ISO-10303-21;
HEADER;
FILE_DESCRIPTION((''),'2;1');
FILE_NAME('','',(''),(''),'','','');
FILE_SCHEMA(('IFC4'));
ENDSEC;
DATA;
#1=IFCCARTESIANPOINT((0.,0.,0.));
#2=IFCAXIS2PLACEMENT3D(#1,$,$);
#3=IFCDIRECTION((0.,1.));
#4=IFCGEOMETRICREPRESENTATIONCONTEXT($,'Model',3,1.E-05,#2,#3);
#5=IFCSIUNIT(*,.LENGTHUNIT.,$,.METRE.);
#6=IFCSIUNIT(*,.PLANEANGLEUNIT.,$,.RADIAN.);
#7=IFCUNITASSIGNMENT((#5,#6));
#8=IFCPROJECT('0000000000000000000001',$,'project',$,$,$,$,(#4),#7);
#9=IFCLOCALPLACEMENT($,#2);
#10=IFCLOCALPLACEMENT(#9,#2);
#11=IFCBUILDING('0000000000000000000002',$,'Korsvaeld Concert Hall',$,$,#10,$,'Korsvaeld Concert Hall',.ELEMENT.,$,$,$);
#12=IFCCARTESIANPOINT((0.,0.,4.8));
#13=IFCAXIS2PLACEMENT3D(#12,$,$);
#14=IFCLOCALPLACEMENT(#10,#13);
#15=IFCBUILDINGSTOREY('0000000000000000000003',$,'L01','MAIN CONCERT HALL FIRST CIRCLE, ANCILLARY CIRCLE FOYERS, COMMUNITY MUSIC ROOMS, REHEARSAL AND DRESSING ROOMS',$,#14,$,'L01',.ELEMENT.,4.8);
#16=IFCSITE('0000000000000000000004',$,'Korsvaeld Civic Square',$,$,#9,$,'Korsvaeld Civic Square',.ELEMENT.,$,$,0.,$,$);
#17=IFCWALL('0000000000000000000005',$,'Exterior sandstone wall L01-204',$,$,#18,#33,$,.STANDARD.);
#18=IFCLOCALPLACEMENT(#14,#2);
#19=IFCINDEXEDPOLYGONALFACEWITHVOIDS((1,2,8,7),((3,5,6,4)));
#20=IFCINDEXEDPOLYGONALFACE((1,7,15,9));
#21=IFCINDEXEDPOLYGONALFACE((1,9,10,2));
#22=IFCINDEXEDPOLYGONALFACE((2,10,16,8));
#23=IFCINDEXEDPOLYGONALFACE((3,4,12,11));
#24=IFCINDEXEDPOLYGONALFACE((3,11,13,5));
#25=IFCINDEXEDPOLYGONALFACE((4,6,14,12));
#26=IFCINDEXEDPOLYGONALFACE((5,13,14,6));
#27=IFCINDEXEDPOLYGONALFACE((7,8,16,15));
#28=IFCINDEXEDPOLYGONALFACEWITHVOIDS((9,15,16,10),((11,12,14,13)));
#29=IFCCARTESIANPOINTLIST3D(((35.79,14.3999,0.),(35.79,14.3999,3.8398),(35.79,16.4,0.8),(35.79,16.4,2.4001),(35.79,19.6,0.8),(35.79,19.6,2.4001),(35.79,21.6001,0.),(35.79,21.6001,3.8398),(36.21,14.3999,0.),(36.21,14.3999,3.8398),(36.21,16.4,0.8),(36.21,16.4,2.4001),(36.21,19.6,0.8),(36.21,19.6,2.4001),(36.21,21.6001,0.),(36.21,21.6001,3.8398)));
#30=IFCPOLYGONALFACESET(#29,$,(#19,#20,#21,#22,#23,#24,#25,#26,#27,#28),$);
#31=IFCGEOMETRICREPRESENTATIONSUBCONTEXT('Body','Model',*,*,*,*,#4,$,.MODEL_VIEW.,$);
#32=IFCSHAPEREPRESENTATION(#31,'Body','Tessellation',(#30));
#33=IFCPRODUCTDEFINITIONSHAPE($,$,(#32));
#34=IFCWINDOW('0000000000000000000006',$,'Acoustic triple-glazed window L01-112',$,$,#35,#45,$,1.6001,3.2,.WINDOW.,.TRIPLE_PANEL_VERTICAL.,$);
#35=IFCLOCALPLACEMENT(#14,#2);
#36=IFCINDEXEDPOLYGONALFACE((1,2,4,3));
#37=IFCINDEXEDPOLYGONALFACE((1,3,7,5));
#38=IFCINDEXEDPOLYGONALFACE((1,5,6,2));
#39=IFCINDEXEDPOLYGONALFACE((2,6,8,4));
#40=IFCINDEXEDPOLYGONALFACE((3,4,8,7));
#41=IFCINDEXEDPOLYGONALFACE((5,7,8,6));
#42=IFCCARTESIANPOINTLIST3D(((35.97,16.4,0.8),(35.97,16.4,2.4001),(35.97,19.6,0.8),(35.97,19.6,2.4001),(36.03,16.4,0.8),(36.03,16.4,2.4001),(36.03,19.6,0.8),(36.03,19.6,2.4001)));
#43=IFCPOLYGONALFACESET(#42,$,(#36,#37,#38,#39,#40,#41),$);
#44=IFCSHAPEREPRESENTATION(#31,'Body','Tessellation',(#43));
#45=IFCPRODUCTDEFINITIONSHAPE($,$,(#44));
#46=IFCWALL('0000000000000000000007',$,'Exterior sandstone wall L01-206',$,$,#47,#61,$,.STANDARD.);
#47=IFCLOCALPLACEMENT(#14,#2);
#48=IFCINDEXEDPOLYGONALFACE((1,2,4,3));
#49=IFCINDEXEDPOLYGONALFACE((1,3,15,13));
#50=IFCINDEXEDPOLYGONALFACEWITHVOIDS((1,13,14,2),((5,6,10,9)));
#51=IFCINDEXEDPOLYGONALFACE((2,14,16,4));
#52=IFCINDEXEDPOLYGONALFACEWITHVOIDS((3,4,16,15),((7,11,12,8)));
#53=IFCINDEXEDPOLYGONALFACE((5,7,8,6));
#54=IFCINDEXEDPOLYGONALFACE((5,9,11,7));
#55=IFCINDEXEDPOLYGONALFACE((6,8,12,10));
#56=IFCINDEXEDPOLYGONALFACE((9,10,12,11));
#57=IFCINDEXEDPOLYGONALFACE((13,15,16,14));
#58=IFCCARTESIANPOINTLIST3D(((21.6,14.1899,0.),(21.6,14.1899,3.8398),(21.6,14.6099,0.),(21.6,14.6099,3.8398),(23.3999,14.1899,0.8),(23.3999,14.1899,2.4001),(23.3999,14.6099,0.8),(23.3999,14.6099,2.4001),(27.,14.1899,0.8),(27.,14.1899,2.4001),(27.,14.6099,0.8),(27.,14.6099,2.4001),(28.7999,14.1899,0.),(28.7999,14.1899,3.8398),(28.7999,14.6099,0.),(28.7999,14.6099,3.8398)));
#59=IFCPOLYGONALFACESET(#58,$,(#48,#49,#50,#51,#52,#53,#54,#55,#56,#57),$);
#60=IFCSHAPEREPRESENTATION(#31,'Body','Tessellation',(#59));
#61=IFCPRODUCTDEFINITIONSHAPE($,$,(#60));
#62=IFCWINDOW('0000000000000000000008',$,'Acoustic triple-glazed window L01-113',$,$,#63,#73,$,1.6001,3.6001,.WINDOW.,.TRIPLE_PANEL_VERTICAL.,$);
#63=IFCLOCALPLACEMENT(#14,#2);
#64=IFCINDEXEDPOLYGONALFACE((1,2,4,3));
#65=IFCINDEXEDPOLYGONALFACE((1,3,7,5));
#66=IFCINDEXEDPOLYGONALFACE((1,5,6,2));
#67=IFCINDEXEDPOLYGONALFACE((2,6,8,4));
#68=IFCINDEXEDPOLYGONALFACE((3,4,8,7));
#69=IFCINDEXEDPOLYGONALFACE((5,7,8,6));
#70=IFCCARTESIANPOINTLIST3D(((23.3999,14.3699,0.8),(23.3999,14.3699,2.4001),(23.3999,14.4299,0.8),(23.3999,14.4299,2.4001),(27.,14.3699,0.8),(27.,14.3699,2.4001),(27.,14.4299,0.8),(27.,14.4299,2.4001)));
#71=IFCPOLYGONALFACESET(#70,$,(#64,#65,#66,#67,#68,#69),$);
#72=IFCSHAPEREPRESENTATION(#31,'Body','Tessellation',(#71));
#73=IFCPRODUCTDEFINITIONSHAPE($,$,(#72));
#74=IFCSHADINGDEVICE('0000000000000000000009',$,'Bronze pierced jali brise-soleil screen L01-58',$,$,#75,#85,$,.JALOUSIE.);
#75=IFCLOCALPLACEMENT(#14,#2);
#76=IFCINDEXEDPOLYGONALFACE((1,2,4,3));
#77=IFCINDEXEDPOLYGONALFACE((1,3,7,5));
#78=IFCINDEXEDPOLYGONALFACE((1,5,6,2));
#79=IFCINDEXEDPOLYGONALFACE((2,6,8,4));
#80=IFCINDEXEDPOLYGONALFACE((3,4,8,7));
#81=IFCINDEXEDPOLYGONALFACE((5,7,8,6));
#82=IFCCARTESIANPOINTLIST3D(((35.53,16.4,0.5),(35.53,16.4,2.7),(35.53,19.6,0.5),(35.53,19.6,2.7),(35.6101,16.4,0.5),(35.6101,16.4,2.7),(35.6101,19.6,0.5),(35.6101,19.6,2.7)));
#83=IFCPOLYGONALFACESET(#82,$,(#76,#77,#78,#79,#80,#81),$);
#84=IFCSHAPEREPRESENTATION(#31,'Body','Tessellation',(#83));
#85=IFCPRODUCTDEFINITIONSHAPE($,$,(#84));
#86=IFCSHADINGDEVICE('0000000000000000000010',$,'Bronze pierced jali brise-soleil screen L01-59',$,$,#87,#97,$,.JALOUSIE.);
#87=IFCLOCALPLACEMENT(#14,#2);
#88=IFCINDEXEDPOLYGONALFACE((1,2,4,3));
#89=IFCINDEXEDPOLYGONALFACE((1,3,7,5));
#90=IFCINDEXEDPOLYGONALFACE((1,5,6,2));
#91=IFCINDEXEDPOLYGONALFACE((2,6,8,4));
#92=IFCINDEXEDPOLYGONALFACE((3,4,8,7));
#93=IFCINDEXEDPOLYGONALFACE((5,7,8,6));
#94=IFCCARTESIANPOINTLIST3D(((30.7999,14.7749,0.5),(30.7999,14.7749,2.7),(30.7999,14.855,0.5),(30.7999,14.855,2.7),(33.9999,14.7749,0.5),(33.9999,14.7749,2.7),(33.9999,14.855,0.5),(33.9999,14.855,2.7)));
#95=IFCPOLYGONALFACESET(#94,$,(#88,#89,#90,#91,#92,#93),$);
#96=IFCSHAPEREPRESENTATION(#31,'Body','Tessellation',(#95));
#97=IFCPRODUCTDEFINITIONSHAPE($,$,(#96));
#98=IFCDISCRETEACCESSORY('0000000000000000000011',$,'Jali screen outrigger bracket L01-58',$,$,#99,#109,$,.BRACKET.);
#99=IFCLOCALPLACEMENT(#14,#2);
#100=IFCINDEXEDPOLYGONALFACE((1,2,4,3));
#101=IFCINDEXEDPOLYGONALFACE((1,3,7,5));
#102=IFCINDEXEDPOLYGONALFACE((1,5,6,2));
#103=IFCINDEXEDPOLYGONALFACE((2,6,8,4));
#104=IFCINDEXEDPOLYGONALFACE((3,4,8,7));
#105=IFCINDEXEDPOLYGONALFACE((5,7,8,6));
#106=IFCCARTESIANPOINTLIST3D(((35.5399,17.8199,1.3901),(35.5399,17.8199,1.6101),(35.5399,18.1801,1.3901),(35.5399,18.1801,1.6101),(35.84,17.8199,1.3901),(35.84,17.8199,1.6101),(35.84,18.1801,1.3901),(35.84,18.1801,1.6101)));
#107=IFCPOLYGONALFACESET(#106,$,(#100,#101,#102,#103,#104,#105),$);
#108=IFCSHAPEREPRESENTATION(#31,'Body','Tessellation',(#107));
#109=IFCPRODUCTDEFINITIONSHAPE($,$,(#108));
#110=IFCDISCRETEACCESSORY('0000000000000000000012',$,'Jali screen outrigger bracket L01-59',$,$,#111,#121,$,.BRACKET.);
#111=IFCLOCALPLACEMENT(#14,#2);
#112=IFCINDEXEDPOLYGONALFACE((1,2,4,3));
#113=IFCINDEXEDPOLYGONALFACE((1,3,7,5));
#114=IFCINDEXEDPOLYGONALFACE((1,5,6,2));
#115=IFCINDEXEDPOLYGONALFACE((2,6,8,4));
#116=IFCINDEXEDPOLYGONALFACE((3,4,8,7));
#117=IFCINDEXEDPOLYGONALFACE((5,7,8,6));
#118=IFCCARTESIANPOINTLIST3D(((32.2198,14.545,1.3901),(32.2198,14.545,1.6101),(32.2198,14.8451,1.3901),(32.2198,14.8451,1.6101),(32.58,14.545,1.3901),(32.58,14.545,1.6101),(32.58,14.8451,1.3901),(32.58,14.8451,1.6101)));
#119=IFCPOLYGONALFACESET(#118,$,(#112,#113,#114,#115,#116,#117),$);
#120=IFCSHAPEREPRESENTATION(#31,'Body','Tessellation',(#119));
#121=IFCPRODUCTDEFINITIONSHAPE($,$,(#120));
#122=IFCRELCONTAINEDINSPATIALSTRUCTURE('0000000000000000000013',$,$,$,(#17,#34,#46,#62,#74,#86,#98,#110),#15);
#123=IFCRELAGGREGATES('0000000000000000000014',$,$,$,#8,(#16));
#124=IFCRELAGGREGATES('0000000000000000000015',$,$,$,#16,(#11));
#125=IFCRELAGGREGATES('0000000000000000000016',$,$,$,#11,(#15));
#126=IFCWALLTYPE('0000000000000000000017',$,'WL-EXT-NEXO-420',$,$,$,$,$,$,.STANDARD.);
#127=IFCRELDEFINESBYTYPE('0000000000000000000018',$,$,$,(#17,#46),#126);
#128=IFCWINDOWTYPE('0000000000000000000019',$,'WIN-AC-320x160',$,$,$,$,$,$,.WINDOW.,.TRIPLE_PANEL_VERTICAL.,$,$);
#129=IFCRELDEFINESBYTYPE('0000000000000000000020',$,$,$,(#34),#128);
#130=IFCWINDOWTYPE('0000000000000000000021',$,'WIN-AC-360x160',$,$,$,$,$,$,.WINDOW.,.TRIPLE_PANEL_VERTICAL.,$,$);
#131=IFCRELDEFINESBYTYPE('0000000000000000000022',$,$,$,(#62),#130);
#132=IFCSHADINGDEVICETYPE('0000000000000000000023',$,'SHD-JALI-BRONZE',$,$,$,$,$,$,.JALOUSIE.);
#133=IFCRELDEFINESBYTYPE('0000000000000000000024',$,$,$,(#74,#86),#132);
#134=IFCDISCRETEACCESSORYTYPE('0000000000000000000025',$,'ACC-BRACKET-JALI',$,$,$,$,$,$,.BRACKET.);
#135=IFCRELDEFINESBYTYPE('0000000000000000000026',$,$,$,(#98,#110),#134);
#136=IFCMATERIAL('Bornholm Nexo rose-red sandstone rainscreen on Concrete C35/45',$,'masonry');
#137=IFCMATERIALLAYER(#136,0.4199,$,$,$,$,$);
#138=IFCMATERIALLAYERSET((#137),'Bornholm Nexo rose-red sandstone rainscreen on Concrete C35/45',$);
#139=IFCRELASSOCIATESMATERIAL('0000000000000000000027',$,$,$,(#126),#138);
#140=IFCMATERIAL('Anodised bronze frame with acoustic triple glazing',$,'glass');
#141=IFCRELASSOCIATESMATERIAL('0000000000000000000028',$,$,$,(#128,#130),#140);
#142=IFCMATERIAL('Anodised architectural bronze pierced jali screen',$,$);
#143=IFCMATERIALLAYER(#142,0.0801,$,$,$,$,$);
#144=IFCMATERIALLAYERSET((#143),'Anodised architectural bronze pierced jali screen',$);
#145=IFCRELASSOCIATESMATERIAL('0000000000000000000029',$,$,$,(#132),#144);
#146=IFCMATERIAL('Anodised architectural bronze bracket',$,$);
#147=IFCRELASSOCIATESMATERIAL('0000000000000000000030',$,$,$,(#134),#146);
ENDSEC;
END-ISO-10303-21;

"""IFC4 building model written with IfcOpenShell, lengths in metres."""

from ifc_helpers import new_model, si_unit, direction, frame, frame_2d, origin, origin_2d, place, context, subcontext, project, spatial, rectangle, extrude, material, layer, layer_set, type_object, element, fill, save


model = new_model("IFC4")

# Units and contexts
model_context = context("Model", 3, precision=1e-05, world=origin(), true_north=direction((0.0, 1.0)))
body_context = subcontext(model_context, "Body", "Model", "MODEL_VIEW")
ifc_project = project(units=[si_unit("LENGTHUNIT", "METRE"), si_unit("PLANEANGLEUNIT", "RADIAN")], contexts=[model_context])

# Site, building, storey
site_placement = place(None, origin())
site = spatial("IfcSite", under=ifc_project, at=site_placement, Name="Korsvaeld Civic Square", LongName="Korsvaeld Civic Square", CompositionType="ELEMENT", RefElevation=0.0)
building_placement = place(site_placement, origin())
building = spatial("IfcBuilding", under=site, at=building_placement, Name="Korsvaeld Concert Hall", LongName="Korsvaeld Concert Hall", CompositionType="ELEMENT")
storey_placement = place(building_placement, frame((0.0, 0.0, 4.8)))
storey = spatial("IfcBuildingStorey", under=building, at=storey_placement, Name="L01", Description="MAIN CONCERT HALL FIRST CIRCLE, ANCILLARY CIRCLE FOYERS, COMMUNITY MUSIC ROOMS, REHEARSAL AND DRESSING ROOMS", LongName="L01", CompositionType="ELEMENT", Elevation=4.8)

# Walls, openings, windows
ifc_material_1 = material(Name="Bornholm Nexo rose-red sandstone rainscreen on Concrete C35/45", Category="masonry")
ifc_layer_1 = layer(ifc_material_1, 0.4199)
ifc_layer_set_1 = layer_set([ifc_layer_1], Name="Bornholm Nexo rose-red sandstone rainscreen on Concrete C35/45")
wall_type_1 = type_object("IfcWallType", Name="WL-EXT-NEXO-420", PredefinedType="STANDARD", material=ifc_layer_set_1)
wall_1_placement = place(storey_placement, frame((36.0, 21.6001, 0.0), z_axis=(0.0, 0.0, 1.0), x_axis=(0.0, -1.0, 0.0)))
wall_1 = element("IfcWall", 1, at=wall_1_placement, inside=storey, type_object=wall_type_1, Name="Exterior sandstone wall L01-204", PredefinedType="STANDARD", context=body_context, shape_type="SweptSolid", body=[
    extrude(rectangle(XDim=7.2002, YDim=0.4199, at=frame_2d((3.6001, 0.0))), origin(), (0.0, 0.0, 1.0), 3.8398),
])
opening_1_placement = place(wall_1_placement, frame((2.0, 0.0, 0.8)))
opening_1 = element("IfcOpeningElement", 2, at=opening_1_placement, cuts=wall_1, PredefinedType="OPENING", context=body_context, shape_type="SweptSolid", body=[
    extrude(rectangle(XDim=3.2, YDim=1.6001, at=frame_2d((1.6001, 0.8))), frame((0.0, 0.22, 0.0), z_axis=(0.0, -1.0, 0.0), x_axis=(1.0, 0.0, 0.0)), (0.0, 0.0, 1.0), 0.4399),
])
ifc_material_2 = material(Name="Anodised bronze frame with acoustic triple glazing", Category="glass")
window_type_1 = type_object("IfcWindowType", Name="WIN-AC-320x160", PartitioningType="TRIPLE_PANEL_VERTICAL", PredefinedType="WINDOW", material=ifc_material_2)
window_1_placement = place(opening_1_placement, origin())
window_1 = element("IfcWindow", 3, at=window_1_placement, inside=storey, type_object=window_type_1, Name="Acoustic triple-glazed window L01-112", OverallHeight=1.6001, OverallWidth=3.2, PartitioningType="TRIPLE_PANEL_VERTICAL", PredefinedType="WINDOW", context=body_context, shape_type="SweptSolid", body=[
    extrude(rectangle(XDim=3.2, YDim=1.6001, at=frame_2d((1.6001, 0.8))), frame((0.0, 0.03, 0.0), z_axis=(0.0, -1.0, 0.0), x_axis=(1.0, 0.0, 0.0)), (0.0, 0.0, 1.0), 0.0601),
])
fill(opening_1, window_1)
wall_2_placement = place(storey_placement, frame((28.8, 14.3999, 0.0), z_axis=(0.0, 0.0, 1.0), x_axis=(-1.0, 0.0, 0.0)))
wall_2 = element("IfcWall", 4, at=wall_2_placement, inside=storey, type_object=wall_type_1, Name="Exterior sandstone wall L01-206", PredefinedType="STANDARD", context=body_context, shape_type="SweptSolid", body=[
    extrude(rectangle(XDim=7.2, YDim=0.4199, at=frame_2d((3.6001, 0.0))), origin(), (0.0, 0.0, 1.0), 3.8398),
])
opening_2_placement = place(wall_2_placement, frame((1.8, 0.0, 0.8)))
opening_2 = element("IfcOpeningElement", 5, at=opening_2_placement, cuts=wall_2, PredefinedType="OPENING", context=body_context, shape_type="SweptSolid", body=[
    extrude(rectangle(XDim=3.6001, YDim=1.6001, at=frame_2d((1.8, 0.8))), frame((0.0, 0.22, 0.0), z_axis=(0.0, -1.0, 0.0), x_axis=(1.0, 0.0, 0.0)), (0.0, 0.0, 1.0), 0.4399),
])
window_type_2 = type_object("IfcWindowType", Name="WIN-AC-360x160", PartitioningType="TRIPLE_PANEL_VERTICAL", PredefinedType="WINDOW", material=ifc_material_2)
window_2_placement = place(opening_2_placement, origin())
window_2 = element("IfcWindow", 6, at=window_2_placement, inside=storey, type_object=window_type_2, Name="Acoustic triple-glazed window L01-113", OverallHeight=1.6001, OverallWidth=3.6001, PartitioningType="TRIPLE_PANEL_VERTICAL", PredefinedType="WINDOW", context=body_context, shape_type="SweptSolid", body=[
    extrude(rectangle(XDim=3.6001, YDim=1.6001, at=frame_2d((1.8, 0.8))), frame((0.0, 0.03, 0.0), z_axis=(0.0, -1.0, 0.0), x_axis=(1.0, 0.0, 0.0)), (0.0, 0.0, 1.0), 0.0601),
])
fill(opening_2, window_2)

# Shading devices
ifc_material_3 = material(Name="Anodised architectural bronze pierced jali screen")
ifc_layer_2 = layer(ifc_material_3, 0.0801)
ifc_layer_set_2 = layer_set([ifc_layer_2], Name="Anodised architectural bronze pierced jali screen")
shading_device_type = type_object("IfcShadingDeviceType", Name="SHD-JALI-BRONZE", PredefinedType="JALOUSIE", material=ifc_layer_set_2)
for number, where, z_axis, x_axis, name in (
    (7, (35.5701, 18.0, 0.5), (0.0, 0.0, 1.0), (0.0, -1.0, 0.0), "Bronze pierced jali brise-soleil screen L01-58"),
    (8, (32.3999, 14.8149, 0.5), (0.0, 0.0, 1.0), (-1.0, 0.0, 0.0), "Bronze pierced jali brise-soleil screen L01-59"),
):
    element("IfcShadingDevice", number, at=place(storey_placement, frame(where, z_axis=z_axis, x_axis=x_axis)), inside=storey, type_object=shading_device_type, Name=name, PredefinedType="JALOUSIE", context=body_context, shape_type="SweptSolid", body=[
        extrude(rectangle(XDim=3.2, YDim=0.0801, at=origin_2d()), origin(), (0.0, 0.0, 1.0), 2.2),
    ])

# Discrete accessories
ifc_material_4 = material(Name="Anodised architectural bronze bracket")
discrete_accessory_type = type_object("IfcDiscreteAccessoryType", Name="ACC-BRACKET-JALI", PredefinedType="BRACKET", material=ifc_material_4)
for number, where, z_axis, x_axis, name in (
    (9, (35.6899, 18.0, 1.3901), (0.0, 0.0, 1.0), (0.0, -1.0, 0.0), "Jali screen outrigger bracket L01-58"),
    (10, (32.3999, 14.6951, 1.3901), (0.0, 0.0, 1.0), (-1.0, 0.0, 0.0), "Jali screen outrigger bracket L01-59"),
):
    element("IfcDiscreteAccessory", number, at=place(storey_placement, frame(where, z_axis=z_axis, x_axis=x_axis)), inside=storey, type_object=discrete_accessory_type, Name=name, PredefinedType="BRACKET", context=body_context, shape_type="SweptSolid", body=[
        extrude(rectangle(XDim=0.3601, YDim=0.3, at=origin_2d()), origin(), (0.0, 0.0, 1.0), 0.22),
    ])

save(model, "model.ifc")
